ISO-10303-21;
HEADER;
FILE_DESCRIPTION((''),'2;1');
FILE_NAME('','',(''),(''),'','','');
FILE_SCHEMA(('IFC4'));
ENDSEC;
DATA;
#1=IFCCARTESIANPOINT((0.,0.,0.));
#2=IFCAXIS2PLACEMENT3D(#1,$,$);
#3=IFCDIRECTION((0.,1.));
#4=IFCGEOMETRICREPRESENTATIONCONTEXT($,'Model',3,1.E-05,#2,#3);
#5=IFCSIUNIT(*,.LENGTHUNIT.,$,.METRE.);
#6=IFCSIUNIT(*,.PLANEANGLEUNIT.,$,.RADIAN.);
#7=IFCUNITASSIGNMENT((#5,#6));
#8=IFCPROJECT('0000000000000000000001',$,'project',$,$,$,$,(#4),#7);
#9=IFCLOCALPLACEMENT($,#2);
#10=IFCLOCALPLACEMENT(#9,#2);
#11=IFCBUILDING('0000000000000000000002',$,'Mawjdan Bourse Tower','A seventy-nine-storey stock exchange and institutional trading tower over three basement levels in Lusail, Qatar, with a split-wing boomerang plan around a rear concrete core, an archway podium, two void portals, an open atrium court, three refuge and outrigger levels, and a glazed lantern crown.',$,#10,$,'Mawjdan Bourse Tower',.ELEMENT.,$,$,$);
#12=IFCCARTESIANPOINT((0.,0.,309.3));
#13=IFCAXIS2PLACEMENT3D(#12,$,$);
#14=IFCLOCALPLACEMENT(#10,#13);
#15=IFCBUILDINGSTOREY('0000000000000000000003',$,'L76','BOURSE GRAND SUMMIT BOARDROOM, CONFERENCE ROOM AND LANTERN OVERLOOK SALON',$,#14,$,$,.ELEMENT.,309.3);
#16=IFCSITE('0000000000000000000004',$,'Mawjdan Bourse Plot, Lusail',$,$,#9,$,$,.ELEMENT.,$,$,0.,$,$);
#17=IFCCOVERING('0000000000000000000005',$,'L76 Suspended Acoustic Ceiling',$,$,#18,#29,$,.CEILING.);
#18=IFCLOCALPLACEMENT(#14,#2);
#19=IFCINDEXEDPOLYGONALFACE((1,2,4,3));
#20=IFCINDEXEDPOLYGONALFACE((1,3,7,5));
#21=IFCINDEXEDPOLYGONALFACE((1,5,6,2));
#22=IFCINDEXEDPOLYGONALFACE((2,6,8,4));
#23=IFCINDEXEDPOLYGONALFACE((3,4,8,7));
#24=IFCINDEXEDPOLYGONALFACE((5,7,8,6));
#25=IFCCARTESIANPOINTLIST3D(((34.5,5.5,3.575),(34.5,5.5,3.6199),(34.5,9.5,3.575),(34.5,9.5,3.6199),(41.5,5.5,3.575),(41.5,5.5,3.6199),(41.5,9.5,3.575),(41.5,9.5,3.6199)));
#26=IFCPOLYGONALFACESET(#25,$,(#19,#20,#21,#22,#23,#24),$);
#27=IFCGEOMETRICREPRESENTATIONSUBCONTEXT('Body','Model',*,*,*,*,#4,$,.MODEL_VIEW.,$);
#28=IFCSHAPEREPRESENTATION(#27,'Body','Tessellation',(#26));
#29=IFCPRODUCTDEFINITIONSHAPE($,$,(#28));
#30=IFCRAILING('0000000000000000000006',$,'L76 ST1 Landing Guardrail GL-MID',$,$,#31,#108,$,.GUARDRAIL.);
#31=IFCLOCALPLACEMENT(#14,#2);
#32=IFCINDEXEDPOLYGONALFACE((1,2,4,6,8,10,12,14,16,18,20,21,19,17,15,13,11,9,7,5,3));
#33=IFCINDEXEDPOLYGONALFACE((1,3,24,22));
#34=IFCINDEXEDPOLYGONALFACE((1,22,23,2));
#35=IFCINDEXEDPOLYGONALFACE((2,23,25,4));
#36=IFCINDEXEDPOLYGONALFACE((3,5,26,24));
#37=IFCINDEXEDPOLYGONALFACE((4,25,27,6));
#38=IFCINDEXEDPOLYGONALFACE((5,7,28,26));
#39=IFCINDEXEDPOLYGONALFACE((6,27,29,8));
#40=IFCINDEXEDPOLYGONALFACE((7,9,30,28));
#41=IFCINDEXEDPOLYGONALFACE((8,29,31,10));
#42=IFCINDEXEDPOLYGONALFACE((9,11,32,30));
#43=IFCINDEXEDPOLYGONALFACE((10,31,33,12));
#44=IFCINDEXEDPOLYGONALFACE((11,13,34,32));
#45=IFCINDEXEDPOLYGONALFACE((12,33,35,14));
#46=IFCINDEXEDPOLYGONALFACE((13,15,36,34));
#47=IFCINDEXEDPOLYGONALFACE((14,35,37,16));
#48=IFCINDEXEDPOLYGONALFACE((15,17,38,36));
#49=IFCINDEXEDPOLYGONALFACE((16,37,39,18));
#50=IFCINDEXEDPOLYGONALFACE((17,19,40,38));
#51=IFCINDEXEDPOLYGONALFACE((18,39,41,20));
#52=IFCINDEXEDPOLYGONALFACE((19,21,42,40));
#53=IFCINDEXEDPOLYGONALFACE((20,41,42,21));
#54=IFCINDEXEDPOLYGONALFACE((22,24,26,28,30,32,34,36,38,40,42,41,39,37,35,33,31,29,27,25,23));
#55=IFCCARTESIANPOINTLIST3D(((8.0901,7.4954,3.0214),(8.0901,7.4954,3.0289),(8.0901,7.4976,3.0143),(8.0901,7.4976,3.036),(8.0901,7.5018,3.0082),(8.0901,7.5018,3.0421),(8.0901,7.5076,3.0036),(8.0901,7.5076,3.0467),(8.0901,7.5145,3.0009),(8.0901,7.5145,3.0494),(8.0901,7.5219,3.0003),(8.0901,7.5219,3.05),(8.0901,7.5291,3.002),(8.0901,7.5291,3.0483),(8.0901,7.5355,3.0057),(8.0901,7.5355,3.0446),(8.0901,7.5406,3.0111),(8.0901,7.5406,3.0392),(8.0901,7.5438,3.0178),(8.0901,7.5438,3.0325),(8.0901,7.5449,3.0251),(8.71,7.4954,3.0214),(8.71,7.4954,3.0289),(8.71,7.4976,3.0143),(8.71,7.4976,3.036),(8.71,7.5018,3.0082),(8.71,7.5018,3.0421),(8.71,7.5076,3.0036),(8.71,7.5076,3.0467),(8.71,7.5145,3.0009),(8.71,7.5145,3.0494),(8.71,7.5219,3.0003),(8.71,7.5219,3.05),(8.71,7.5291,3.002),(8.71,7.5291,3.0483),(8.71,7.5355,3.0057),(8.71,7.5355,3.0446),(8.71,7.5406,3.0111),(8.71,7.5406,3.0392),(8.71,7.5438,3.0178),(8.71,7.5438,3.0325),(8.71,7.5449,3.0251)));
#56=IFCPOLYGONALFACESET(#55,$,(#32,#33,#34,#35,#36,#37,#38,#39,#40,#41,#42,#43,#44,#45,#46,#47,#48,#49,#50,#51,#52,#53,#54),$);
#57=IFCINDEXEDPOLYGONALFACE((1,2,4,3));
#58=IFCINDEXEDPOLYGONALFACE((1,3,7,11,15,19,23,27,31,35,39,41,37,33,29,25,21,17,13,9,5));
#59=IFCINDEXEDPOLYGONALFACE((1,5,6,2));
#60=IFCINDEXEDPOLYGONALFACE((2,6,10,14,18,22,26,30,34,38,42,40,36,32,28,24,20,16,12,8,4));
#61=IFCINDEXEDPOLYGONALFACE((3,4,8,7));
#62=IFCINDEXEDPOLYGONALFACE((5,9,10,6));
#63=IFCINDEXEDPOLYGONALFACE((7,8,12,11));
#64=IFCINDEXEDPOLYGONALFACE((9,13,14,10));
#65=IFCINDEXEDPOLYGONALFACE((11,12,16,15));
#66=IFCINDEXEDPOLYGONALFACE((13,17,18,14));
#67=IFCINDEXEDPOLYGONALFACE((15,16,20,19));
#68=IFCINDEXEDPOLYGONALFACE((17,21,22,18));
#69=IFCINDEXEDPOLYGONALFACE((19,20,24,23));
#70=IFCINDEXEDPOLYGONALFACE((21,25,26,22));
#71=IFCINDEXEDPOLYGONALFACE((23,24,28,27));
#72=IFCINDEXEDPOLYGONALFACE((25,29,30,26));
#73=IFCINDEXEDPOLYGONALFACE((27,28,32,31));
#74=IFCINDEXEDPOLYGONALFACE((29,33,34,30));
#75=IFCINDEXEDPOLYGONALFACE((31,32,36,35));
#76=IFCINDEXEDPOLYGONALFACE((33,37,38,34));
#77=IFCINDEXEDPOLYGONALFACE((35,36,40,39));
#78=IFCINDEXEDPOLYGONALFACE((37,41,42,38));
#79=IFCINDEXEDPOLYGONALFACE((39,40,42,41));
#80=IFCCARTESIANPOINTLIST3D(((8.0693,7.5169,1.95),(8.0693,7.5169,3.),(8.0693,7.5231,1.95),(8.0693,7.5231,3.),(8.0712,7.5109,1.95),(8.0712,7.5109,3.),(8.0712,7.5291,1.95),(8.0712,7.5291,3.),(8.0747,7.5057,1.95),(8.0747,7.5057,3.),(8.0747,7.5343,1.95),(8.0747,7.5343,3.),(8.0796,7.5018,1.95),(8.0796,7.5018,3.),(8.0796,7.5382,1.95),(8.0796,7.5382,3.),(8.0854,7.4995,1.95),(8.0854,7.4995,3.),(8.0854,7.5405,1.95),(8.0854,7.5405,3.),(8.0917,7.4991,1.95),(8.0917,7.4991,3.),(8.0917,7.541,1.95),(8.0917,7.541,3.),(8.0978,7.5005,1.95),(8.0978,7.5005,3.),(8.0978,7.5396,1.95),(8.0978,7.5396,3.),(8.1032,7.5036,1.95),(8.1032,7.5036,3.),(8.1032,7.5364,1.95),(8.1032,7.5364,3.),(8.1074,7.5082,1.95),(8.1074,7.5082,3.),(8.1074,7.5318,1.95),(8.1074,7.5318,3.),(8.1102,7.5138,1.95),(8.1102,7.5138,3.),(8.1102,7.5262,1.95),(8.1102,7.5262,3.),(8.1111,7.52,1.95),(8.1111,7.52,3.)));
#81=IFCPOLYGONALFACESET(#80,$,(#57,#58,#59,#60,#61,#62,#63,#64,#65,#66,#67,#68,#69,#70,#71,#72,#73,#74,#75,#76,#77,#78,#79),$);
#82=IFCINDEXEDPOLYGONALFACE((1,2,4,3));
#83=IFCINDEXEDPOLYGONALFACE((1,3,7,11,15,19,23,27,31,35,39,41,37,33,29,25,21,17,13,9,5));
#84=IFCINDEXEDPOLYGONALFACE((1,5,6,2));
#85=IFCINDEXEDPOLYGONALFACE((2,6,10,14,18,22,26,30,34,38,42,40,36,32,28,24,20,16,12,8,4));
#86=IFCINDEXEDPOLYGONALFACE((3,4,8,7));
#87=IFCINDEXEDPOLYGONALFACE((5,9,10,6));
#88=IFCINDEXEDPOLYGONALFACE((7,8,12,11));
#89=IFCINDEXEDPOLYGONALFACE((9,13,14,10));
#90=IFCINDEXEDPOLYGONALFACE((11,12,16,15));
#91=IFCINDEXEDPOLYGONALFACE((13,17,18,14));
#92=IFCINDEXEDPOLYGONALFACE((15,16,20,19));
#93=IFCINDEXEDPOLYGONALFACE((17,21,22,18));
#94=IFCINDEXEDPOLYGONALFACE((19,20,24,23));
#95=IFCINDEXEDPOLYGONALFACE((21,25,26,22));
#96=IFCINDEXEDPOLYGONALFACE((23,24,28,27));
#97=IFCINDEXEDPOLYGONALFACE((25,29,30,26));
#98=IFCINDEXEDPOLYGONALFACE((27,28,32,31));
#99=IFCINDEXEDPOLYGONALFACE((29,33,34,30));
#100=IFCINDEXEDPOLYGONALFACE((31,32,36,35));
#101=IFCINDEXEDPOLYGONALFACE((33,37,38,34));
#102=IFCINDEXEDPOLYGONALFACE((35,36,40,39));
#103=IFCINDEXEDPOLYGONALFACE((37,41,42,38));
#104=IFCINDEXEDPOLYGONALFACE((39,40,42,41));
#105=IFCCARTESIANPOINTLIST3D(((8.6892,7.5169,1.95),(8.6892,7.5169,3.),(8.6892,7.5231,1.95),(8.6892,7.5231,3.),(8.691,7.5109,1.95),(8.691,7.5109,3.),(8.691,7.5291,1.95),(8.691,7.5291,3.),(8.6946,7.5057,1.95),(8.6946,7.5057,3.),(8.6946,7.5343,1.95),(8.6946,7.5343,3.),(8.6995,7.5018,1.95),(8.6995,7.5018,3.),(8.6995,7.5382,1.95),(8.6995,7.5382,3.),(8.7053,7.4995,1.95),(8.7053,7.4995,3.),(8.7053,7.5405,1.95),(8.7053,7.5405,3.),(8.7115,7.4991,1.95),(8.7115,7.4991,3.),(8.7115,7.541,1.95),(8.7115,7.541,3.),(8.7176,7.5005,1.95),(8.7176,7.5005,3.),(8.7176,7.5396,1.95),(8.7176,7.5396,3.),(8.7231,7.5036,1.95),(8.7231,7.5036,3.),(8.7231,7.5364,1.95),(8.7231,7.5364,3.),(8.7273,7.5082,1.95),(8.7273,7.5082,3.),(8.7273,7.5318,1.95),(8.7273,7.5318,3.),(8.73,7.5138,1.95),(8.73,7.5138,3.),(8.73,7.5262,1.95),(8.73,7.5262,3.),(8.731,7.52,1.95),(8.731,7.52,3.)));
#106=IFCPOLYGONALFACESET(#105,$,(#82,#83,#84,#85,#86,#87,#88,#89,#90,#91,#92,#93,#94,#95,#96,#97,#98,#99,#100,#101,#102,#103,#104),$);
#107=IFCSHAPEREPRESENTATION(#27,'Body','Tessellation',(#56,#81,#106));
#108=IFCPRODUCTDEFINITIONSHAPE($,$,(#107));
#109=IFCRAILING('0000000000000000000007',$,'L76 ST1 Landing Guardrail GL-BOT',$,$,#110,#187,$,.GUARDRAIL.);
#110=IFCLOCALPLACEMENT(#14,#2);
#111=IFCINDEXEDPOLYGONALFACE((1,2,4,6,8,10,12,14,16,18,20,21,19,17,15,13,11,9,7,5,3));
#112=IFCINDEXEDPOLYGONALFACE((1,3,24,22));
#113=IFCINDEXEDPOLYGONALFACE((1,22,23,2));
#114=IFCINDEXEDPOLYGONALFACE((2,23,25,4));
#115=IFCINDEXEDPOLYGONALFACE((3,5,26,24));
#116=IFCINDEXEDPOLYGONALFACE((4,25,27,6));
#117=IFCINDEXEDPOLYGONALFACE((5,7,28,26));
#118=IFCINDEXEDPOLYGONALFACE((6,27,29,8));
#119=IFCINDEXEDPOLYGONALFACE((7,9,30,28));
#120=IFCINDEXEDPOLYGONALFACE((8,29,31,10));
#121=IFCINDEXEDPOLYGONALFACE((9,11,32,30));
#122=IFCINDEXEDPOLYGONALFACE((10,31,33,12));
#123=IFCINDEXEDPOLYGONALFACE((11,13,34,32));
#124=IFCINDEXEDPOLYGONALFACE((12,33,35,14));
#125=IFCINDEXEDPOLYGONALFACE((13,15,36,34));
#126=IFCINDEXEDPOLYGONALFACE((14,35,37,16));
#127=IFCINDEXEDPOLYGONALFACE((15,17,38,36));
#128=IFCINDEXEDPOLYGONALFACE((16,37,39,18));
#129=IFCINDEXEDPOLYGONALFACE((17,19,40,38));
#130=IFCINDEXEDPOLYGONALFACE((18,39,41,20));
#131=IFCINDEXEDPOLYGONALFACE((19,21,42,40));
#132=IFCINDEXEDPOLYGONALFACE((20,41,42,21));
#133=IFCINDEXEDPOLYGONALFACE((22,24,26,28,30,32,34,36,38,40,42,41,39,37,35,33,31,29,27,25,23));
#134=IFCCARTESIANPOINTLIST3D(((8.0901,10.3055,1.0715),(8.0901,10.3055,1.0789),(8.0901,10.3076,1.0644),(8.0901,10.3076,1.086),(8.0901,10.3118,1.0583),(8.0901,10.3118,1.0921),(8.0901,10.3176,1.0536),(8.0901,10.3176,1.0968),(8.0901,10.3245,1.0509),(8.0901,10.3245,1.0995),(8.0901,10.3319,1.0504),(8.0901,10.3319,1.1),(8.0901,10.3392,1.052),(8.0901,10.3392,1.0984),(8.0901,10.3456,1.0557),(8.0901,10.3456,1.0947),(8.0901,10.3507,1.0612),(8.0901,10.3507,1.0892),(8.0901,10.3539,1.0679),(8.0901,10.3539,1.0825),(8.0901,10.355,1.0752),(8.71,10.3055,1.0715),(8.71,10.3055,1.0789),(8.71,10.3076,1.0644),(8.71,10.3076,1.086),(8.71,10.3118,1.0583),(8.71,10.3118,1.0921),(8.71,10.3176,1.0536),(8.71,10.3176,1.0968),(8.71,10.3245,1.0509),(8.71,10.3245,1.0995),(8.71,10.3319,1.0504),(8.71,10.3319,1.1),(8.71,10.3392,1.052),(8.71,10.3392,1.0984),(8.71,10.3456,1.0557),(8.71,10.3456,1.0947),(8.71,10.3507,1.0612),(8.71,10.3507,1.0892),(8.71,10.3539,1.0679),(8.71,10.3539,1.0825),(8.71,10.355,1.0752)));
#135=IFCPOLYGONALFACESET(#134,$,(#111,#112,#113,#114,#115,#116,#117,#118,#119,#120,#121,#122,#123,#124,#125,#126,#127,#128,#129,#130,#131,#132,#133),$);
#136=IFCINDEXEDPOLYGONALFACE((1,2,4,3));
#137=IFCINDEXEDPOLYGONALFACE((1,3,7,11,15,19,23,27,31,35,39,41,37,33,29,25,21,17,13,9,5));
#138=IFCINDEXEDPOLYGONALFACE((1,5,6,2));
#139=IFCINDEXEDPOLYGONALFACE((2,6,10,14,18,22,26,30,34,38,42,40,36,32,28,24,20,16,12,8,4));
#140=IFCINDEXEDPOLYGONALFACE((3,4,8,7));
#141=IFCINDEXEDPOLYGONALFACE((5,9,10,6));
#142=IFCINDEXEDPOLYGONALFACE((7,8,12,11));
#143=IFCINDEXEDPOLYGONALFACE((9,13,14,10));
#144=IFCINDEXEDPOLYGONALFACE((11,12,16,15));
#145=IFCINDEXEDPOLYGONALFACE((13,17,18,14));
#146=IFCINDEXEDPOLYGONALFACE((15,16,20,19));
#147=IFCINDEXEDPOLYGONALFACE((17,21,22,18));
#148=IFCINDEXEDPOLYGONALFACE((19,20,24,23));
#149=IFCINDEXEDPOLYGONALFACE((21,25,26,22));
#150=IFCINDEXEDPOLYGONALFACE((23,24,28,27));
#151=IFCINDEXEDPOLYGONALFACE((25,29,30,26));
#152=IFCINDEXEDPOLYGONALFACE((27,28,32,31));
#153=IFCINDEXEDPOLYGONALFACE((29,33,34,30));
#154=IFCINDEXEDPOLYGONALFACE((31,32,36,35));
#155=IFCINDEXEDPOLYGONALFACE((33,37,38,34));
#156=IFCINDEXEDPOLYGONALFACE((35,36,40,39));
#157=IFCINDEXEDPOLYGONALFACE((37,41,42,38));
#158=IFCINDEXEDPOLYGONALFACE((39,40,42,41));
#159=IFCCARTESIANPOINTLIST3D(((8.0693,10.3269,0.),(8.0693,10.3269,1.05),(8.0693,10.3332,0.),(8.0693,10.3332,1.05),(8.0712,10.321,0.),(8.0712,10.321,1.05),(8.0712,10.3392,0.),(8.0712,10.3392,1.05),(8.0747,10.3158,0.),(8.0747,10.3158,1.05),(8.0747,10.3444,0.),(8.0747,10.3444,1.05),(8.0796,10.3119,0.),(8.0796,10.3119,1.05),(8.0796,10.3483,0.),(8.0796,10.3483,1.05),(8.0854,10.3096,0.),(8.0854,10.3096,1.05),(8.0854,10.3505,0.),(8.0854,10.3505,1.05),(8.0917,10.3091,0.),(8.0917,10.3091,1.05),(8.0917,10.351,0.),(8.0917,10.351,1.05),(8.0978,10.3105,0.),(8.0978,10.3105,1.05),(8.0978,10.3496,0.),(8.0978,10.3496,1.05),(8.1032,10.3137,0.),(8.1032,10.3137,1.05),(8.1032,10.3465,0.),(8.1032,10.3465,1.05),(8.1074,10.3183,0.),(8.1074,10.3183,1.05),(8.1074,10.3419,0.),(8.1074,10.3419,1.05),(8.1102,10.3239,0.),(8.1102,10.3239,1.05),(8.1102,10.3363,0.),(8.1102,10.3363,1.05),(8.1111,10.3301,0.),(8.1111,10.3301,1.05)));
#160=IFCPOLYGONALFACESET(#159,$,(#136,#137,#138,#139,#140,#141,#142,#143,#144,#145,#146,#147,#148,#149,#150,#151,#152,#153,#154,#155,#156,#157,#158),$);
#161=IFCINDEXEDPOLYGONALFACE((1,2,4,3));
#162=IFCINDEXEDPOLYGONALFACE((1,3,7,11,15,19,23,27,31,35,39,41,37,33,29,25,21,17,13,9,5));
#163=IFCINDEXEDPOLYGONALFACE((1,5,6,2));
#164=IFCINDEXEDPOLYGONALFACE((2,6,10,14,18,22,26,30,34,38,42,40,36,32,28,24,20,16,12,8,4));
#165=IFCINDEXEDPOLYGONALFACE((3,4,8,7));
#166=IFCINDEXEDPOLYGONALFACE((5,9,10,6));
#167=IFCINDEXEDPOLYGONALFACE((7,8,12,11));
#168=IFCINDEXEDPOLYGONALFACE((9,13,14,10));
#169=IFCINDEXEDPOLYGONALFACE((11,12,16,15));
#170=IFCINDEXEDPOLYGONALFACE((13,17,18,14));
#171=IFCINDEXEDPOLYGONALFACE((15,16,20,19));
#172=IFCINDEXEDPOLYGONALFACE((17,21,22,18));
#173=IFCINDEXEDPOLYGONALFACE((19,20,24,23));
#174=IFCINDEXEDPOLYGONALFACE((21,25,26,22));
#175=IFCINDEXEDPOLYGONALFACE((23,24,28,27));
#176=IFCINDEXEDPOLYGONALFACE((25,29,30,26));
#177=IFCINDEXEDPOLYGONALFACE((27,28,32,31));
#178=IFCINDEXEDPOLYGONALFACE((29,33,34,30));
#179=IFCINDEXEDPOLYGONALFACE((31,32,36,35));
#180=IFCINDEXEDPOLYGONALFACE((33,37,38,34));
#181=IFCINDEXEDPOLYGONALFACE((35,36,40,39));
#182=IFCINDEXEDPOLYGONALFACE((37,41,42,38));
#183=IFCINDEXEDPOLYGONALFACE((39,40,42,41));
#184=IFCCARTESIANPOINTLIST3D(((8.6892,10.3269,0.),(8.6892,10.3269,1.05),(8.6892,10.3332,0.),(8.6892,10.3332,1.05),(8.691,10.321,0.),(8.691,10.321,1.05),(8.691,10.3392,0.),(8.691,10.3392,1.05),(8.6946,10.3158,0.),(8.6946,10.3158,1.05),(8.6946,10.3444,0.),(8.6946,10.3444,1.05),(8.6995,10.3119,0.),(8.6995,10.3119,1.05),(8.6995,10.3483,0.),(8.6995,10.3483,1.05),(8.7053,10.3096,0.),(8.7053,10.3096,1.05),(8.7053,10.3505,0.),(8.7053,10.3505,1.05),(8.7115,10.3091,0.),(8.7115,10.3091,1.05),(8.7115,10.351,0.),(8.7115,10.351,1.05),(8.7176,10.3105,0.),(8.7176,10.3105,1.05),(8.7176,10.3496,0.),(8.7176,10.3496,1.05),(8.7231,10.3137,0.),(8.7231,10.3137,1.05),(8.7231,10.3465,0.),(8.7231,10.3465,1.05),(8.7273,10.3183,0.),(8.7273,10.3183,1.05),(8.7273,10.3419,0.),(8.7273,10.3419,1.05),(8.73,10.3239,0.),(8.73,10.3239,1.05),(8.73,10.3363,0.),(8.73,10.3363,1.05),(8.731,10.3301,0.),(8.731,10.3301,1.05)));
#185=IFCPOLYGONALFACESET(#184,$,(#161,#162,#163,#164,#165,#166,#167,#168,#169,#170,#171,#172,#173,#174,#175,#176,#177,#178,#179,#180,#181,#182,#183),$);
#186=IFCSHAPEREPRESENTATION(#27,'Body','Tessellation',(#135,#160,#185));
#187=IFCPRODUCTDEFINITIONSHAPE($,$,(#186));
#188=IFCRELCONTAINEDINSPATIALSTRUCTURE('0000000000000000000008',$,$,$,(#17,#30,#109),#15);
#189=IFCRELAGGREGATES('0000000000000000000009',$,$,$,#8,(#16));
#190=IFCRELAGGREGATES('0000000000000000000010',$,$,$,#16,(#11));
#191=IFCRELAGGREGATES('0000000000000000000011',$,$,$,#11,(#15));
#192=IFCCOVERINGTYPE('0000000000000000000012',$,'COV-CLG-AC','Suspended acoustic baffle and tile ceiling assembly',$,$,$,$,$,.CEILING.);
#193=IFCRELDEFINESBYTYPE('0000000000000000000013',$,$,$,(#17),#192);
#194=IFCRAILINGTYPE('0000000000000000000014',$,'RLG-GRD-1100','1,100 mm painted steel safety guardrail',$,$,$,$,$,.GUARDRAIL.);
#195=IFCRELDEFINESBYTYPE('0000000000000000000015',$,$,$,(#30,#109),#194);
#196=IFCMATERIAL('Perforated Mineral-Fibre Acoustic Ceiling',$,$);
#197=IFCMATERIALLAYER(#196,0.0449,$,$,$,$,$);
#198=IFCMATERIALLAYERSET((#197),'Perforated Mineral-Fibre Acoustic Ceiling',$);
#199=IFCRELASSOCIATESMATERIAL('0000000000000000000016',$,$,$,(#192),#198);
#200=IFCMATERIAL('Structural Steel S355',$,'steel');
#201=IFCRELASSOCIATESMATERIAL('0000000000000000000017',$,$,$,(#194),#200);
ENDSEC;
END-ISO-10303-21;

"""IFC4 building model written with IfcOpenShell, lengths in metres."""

from ifc_helpers import new_model, si_unit, direction, frame, origin, origin_2d, place, context, subcontext, project, spatial, polyline, circle, outline, extrude, material, layer, layer_set, type_object, element, save


model = new_model("IFC4")

# Units and contexts
model_context = context("Model", 3, precision=1e-05, world=origin(), true_north=direction((0.0, 1.0)))
body_context = subcontext(model_context, "Body", "Model", "MODEL_VIEW")
ifc_project = project(units=[si_unit("LENGTHUNIT", "METRE"), si_unit("PLANEANGLEUNIT", "RADIAN")], contexts=[model_context])

# Site, building, storey
site_placement = place(None, origin())
site = spatial("IfcSite", under=ifc_project, at=site_placement, Name="Mawjdan Bourse Plot, Lusail", CompositionType="ELEMENT", RefElevation=0.0)
building_placement = place(site_placement, origin())
building = spatial("IfcBuilding", under=site, at=building_placement, Name="Mawjdan Bourse Tower", Description="A seventy-nine-storey stock exchange and institutional trading tower over three basement levels in Lusail, Qatar, with a split-wing boomerang plan around a rear concrete core, an archway podium, two void portals, an open atrium court, three refuge and outrigger levels, and a glazed lantern crown.", LongName="Mawjdan Bourse Tower", CompositionType="ELEMENT")
storey_placement = place(building_placement, frame((0.0, 0.0, 309.3)))
storey = spatial("IfcBuildingStorey", under=building, at=storey_placement, Name="L76", Description="BOURSE GRAND SUMMIT BOARDROOM, CONFERENCE ROOM AND LANTERN OVERLOOK SALON", CompositionType="ELEMENT", Elevation=309.3)

# Covering
ifc_material_1 = material(Name="Perforated Mineral-Fibre Acoustic Ceiling")
ifc_layer_1 = layer(ifc_material_1, 0.0449)
ifc_layer_set_1 = layer_set([ifc_layer_1], Name="Perforated Mineral-Fibre Acoustic Ceiling")
covering_type = type_object("IfcCoveringType", Name="COV-CLG-AC", Description="Suspended acoustic baffle and tile ceiling assembly", PredefinedType="CEILING", material=ifc_layer_set_1)
covering_placement = place(storey_placement, frame((0.0, 0.0, 3.575)))
element("IfcCovering", 1, at=covering_placement, inside=storey, type_object=covering_type, Name="L76 Suspended Acoustic Ceiling", PredefinedType="CEILING", context=body_context, shape_type="SweptSolid", body=[
    extrude(outline(polyline([(34.5, 5.5), (41.5, 5.5), (41.5, 9.5), (34.5, 9.5), (34.5, 5.5)])), origin(), (0.0, 0.0, 1.0), 0.0449),
])

# Railings
ifc_material_2 = material(Name="Structural Steel S355", Category="steel")
railing_type_1 = type_object("IfcRailingType", Name="RLG-GRD-1100", Description="1,100 mm painted steel safety guardrail", PredefinedType="GUARDRAIL", material=ifc_material_2)
for number, where, name in (
    (2, (8.0901, 7.52, 1.95), "L76 ST1 Landing Guardrail GL-MID"),
    (3, (8.0901, 10.3301, 0.0), "L76 ST1 Landing Guardrail GL-BOT"),
):
    element("IfcRailing", number, at=place(storey_placement, frame(where)), inside=storey, type_object=railing_type_1, Name=name, PredefinedType="GUARDRAIL", context=body_context, shape_type="SweptSolid", body=[
        extrude(circle(Radius=0.0249, at=origin_2d()), frame((0.0, 0.0, 1.0752), z_axis=(1.0, 0.0, 0.0), x_axis=(0.0, 1.0, 0.0)), (0.0, 0.0, 1.0), 0.6199),
        extrude(circle(Radius=0.021, at=origin_2d()), origin(), (0.0, 0.0, 1.0), 1.05),
        extrude(circle(Radius=0.021, at=origin_2d()), frame((0.6199, 0.0, 0.0)), (0.0, 0.0, 1.0), 1.05),
    ])

save(model, "model.ifc")
